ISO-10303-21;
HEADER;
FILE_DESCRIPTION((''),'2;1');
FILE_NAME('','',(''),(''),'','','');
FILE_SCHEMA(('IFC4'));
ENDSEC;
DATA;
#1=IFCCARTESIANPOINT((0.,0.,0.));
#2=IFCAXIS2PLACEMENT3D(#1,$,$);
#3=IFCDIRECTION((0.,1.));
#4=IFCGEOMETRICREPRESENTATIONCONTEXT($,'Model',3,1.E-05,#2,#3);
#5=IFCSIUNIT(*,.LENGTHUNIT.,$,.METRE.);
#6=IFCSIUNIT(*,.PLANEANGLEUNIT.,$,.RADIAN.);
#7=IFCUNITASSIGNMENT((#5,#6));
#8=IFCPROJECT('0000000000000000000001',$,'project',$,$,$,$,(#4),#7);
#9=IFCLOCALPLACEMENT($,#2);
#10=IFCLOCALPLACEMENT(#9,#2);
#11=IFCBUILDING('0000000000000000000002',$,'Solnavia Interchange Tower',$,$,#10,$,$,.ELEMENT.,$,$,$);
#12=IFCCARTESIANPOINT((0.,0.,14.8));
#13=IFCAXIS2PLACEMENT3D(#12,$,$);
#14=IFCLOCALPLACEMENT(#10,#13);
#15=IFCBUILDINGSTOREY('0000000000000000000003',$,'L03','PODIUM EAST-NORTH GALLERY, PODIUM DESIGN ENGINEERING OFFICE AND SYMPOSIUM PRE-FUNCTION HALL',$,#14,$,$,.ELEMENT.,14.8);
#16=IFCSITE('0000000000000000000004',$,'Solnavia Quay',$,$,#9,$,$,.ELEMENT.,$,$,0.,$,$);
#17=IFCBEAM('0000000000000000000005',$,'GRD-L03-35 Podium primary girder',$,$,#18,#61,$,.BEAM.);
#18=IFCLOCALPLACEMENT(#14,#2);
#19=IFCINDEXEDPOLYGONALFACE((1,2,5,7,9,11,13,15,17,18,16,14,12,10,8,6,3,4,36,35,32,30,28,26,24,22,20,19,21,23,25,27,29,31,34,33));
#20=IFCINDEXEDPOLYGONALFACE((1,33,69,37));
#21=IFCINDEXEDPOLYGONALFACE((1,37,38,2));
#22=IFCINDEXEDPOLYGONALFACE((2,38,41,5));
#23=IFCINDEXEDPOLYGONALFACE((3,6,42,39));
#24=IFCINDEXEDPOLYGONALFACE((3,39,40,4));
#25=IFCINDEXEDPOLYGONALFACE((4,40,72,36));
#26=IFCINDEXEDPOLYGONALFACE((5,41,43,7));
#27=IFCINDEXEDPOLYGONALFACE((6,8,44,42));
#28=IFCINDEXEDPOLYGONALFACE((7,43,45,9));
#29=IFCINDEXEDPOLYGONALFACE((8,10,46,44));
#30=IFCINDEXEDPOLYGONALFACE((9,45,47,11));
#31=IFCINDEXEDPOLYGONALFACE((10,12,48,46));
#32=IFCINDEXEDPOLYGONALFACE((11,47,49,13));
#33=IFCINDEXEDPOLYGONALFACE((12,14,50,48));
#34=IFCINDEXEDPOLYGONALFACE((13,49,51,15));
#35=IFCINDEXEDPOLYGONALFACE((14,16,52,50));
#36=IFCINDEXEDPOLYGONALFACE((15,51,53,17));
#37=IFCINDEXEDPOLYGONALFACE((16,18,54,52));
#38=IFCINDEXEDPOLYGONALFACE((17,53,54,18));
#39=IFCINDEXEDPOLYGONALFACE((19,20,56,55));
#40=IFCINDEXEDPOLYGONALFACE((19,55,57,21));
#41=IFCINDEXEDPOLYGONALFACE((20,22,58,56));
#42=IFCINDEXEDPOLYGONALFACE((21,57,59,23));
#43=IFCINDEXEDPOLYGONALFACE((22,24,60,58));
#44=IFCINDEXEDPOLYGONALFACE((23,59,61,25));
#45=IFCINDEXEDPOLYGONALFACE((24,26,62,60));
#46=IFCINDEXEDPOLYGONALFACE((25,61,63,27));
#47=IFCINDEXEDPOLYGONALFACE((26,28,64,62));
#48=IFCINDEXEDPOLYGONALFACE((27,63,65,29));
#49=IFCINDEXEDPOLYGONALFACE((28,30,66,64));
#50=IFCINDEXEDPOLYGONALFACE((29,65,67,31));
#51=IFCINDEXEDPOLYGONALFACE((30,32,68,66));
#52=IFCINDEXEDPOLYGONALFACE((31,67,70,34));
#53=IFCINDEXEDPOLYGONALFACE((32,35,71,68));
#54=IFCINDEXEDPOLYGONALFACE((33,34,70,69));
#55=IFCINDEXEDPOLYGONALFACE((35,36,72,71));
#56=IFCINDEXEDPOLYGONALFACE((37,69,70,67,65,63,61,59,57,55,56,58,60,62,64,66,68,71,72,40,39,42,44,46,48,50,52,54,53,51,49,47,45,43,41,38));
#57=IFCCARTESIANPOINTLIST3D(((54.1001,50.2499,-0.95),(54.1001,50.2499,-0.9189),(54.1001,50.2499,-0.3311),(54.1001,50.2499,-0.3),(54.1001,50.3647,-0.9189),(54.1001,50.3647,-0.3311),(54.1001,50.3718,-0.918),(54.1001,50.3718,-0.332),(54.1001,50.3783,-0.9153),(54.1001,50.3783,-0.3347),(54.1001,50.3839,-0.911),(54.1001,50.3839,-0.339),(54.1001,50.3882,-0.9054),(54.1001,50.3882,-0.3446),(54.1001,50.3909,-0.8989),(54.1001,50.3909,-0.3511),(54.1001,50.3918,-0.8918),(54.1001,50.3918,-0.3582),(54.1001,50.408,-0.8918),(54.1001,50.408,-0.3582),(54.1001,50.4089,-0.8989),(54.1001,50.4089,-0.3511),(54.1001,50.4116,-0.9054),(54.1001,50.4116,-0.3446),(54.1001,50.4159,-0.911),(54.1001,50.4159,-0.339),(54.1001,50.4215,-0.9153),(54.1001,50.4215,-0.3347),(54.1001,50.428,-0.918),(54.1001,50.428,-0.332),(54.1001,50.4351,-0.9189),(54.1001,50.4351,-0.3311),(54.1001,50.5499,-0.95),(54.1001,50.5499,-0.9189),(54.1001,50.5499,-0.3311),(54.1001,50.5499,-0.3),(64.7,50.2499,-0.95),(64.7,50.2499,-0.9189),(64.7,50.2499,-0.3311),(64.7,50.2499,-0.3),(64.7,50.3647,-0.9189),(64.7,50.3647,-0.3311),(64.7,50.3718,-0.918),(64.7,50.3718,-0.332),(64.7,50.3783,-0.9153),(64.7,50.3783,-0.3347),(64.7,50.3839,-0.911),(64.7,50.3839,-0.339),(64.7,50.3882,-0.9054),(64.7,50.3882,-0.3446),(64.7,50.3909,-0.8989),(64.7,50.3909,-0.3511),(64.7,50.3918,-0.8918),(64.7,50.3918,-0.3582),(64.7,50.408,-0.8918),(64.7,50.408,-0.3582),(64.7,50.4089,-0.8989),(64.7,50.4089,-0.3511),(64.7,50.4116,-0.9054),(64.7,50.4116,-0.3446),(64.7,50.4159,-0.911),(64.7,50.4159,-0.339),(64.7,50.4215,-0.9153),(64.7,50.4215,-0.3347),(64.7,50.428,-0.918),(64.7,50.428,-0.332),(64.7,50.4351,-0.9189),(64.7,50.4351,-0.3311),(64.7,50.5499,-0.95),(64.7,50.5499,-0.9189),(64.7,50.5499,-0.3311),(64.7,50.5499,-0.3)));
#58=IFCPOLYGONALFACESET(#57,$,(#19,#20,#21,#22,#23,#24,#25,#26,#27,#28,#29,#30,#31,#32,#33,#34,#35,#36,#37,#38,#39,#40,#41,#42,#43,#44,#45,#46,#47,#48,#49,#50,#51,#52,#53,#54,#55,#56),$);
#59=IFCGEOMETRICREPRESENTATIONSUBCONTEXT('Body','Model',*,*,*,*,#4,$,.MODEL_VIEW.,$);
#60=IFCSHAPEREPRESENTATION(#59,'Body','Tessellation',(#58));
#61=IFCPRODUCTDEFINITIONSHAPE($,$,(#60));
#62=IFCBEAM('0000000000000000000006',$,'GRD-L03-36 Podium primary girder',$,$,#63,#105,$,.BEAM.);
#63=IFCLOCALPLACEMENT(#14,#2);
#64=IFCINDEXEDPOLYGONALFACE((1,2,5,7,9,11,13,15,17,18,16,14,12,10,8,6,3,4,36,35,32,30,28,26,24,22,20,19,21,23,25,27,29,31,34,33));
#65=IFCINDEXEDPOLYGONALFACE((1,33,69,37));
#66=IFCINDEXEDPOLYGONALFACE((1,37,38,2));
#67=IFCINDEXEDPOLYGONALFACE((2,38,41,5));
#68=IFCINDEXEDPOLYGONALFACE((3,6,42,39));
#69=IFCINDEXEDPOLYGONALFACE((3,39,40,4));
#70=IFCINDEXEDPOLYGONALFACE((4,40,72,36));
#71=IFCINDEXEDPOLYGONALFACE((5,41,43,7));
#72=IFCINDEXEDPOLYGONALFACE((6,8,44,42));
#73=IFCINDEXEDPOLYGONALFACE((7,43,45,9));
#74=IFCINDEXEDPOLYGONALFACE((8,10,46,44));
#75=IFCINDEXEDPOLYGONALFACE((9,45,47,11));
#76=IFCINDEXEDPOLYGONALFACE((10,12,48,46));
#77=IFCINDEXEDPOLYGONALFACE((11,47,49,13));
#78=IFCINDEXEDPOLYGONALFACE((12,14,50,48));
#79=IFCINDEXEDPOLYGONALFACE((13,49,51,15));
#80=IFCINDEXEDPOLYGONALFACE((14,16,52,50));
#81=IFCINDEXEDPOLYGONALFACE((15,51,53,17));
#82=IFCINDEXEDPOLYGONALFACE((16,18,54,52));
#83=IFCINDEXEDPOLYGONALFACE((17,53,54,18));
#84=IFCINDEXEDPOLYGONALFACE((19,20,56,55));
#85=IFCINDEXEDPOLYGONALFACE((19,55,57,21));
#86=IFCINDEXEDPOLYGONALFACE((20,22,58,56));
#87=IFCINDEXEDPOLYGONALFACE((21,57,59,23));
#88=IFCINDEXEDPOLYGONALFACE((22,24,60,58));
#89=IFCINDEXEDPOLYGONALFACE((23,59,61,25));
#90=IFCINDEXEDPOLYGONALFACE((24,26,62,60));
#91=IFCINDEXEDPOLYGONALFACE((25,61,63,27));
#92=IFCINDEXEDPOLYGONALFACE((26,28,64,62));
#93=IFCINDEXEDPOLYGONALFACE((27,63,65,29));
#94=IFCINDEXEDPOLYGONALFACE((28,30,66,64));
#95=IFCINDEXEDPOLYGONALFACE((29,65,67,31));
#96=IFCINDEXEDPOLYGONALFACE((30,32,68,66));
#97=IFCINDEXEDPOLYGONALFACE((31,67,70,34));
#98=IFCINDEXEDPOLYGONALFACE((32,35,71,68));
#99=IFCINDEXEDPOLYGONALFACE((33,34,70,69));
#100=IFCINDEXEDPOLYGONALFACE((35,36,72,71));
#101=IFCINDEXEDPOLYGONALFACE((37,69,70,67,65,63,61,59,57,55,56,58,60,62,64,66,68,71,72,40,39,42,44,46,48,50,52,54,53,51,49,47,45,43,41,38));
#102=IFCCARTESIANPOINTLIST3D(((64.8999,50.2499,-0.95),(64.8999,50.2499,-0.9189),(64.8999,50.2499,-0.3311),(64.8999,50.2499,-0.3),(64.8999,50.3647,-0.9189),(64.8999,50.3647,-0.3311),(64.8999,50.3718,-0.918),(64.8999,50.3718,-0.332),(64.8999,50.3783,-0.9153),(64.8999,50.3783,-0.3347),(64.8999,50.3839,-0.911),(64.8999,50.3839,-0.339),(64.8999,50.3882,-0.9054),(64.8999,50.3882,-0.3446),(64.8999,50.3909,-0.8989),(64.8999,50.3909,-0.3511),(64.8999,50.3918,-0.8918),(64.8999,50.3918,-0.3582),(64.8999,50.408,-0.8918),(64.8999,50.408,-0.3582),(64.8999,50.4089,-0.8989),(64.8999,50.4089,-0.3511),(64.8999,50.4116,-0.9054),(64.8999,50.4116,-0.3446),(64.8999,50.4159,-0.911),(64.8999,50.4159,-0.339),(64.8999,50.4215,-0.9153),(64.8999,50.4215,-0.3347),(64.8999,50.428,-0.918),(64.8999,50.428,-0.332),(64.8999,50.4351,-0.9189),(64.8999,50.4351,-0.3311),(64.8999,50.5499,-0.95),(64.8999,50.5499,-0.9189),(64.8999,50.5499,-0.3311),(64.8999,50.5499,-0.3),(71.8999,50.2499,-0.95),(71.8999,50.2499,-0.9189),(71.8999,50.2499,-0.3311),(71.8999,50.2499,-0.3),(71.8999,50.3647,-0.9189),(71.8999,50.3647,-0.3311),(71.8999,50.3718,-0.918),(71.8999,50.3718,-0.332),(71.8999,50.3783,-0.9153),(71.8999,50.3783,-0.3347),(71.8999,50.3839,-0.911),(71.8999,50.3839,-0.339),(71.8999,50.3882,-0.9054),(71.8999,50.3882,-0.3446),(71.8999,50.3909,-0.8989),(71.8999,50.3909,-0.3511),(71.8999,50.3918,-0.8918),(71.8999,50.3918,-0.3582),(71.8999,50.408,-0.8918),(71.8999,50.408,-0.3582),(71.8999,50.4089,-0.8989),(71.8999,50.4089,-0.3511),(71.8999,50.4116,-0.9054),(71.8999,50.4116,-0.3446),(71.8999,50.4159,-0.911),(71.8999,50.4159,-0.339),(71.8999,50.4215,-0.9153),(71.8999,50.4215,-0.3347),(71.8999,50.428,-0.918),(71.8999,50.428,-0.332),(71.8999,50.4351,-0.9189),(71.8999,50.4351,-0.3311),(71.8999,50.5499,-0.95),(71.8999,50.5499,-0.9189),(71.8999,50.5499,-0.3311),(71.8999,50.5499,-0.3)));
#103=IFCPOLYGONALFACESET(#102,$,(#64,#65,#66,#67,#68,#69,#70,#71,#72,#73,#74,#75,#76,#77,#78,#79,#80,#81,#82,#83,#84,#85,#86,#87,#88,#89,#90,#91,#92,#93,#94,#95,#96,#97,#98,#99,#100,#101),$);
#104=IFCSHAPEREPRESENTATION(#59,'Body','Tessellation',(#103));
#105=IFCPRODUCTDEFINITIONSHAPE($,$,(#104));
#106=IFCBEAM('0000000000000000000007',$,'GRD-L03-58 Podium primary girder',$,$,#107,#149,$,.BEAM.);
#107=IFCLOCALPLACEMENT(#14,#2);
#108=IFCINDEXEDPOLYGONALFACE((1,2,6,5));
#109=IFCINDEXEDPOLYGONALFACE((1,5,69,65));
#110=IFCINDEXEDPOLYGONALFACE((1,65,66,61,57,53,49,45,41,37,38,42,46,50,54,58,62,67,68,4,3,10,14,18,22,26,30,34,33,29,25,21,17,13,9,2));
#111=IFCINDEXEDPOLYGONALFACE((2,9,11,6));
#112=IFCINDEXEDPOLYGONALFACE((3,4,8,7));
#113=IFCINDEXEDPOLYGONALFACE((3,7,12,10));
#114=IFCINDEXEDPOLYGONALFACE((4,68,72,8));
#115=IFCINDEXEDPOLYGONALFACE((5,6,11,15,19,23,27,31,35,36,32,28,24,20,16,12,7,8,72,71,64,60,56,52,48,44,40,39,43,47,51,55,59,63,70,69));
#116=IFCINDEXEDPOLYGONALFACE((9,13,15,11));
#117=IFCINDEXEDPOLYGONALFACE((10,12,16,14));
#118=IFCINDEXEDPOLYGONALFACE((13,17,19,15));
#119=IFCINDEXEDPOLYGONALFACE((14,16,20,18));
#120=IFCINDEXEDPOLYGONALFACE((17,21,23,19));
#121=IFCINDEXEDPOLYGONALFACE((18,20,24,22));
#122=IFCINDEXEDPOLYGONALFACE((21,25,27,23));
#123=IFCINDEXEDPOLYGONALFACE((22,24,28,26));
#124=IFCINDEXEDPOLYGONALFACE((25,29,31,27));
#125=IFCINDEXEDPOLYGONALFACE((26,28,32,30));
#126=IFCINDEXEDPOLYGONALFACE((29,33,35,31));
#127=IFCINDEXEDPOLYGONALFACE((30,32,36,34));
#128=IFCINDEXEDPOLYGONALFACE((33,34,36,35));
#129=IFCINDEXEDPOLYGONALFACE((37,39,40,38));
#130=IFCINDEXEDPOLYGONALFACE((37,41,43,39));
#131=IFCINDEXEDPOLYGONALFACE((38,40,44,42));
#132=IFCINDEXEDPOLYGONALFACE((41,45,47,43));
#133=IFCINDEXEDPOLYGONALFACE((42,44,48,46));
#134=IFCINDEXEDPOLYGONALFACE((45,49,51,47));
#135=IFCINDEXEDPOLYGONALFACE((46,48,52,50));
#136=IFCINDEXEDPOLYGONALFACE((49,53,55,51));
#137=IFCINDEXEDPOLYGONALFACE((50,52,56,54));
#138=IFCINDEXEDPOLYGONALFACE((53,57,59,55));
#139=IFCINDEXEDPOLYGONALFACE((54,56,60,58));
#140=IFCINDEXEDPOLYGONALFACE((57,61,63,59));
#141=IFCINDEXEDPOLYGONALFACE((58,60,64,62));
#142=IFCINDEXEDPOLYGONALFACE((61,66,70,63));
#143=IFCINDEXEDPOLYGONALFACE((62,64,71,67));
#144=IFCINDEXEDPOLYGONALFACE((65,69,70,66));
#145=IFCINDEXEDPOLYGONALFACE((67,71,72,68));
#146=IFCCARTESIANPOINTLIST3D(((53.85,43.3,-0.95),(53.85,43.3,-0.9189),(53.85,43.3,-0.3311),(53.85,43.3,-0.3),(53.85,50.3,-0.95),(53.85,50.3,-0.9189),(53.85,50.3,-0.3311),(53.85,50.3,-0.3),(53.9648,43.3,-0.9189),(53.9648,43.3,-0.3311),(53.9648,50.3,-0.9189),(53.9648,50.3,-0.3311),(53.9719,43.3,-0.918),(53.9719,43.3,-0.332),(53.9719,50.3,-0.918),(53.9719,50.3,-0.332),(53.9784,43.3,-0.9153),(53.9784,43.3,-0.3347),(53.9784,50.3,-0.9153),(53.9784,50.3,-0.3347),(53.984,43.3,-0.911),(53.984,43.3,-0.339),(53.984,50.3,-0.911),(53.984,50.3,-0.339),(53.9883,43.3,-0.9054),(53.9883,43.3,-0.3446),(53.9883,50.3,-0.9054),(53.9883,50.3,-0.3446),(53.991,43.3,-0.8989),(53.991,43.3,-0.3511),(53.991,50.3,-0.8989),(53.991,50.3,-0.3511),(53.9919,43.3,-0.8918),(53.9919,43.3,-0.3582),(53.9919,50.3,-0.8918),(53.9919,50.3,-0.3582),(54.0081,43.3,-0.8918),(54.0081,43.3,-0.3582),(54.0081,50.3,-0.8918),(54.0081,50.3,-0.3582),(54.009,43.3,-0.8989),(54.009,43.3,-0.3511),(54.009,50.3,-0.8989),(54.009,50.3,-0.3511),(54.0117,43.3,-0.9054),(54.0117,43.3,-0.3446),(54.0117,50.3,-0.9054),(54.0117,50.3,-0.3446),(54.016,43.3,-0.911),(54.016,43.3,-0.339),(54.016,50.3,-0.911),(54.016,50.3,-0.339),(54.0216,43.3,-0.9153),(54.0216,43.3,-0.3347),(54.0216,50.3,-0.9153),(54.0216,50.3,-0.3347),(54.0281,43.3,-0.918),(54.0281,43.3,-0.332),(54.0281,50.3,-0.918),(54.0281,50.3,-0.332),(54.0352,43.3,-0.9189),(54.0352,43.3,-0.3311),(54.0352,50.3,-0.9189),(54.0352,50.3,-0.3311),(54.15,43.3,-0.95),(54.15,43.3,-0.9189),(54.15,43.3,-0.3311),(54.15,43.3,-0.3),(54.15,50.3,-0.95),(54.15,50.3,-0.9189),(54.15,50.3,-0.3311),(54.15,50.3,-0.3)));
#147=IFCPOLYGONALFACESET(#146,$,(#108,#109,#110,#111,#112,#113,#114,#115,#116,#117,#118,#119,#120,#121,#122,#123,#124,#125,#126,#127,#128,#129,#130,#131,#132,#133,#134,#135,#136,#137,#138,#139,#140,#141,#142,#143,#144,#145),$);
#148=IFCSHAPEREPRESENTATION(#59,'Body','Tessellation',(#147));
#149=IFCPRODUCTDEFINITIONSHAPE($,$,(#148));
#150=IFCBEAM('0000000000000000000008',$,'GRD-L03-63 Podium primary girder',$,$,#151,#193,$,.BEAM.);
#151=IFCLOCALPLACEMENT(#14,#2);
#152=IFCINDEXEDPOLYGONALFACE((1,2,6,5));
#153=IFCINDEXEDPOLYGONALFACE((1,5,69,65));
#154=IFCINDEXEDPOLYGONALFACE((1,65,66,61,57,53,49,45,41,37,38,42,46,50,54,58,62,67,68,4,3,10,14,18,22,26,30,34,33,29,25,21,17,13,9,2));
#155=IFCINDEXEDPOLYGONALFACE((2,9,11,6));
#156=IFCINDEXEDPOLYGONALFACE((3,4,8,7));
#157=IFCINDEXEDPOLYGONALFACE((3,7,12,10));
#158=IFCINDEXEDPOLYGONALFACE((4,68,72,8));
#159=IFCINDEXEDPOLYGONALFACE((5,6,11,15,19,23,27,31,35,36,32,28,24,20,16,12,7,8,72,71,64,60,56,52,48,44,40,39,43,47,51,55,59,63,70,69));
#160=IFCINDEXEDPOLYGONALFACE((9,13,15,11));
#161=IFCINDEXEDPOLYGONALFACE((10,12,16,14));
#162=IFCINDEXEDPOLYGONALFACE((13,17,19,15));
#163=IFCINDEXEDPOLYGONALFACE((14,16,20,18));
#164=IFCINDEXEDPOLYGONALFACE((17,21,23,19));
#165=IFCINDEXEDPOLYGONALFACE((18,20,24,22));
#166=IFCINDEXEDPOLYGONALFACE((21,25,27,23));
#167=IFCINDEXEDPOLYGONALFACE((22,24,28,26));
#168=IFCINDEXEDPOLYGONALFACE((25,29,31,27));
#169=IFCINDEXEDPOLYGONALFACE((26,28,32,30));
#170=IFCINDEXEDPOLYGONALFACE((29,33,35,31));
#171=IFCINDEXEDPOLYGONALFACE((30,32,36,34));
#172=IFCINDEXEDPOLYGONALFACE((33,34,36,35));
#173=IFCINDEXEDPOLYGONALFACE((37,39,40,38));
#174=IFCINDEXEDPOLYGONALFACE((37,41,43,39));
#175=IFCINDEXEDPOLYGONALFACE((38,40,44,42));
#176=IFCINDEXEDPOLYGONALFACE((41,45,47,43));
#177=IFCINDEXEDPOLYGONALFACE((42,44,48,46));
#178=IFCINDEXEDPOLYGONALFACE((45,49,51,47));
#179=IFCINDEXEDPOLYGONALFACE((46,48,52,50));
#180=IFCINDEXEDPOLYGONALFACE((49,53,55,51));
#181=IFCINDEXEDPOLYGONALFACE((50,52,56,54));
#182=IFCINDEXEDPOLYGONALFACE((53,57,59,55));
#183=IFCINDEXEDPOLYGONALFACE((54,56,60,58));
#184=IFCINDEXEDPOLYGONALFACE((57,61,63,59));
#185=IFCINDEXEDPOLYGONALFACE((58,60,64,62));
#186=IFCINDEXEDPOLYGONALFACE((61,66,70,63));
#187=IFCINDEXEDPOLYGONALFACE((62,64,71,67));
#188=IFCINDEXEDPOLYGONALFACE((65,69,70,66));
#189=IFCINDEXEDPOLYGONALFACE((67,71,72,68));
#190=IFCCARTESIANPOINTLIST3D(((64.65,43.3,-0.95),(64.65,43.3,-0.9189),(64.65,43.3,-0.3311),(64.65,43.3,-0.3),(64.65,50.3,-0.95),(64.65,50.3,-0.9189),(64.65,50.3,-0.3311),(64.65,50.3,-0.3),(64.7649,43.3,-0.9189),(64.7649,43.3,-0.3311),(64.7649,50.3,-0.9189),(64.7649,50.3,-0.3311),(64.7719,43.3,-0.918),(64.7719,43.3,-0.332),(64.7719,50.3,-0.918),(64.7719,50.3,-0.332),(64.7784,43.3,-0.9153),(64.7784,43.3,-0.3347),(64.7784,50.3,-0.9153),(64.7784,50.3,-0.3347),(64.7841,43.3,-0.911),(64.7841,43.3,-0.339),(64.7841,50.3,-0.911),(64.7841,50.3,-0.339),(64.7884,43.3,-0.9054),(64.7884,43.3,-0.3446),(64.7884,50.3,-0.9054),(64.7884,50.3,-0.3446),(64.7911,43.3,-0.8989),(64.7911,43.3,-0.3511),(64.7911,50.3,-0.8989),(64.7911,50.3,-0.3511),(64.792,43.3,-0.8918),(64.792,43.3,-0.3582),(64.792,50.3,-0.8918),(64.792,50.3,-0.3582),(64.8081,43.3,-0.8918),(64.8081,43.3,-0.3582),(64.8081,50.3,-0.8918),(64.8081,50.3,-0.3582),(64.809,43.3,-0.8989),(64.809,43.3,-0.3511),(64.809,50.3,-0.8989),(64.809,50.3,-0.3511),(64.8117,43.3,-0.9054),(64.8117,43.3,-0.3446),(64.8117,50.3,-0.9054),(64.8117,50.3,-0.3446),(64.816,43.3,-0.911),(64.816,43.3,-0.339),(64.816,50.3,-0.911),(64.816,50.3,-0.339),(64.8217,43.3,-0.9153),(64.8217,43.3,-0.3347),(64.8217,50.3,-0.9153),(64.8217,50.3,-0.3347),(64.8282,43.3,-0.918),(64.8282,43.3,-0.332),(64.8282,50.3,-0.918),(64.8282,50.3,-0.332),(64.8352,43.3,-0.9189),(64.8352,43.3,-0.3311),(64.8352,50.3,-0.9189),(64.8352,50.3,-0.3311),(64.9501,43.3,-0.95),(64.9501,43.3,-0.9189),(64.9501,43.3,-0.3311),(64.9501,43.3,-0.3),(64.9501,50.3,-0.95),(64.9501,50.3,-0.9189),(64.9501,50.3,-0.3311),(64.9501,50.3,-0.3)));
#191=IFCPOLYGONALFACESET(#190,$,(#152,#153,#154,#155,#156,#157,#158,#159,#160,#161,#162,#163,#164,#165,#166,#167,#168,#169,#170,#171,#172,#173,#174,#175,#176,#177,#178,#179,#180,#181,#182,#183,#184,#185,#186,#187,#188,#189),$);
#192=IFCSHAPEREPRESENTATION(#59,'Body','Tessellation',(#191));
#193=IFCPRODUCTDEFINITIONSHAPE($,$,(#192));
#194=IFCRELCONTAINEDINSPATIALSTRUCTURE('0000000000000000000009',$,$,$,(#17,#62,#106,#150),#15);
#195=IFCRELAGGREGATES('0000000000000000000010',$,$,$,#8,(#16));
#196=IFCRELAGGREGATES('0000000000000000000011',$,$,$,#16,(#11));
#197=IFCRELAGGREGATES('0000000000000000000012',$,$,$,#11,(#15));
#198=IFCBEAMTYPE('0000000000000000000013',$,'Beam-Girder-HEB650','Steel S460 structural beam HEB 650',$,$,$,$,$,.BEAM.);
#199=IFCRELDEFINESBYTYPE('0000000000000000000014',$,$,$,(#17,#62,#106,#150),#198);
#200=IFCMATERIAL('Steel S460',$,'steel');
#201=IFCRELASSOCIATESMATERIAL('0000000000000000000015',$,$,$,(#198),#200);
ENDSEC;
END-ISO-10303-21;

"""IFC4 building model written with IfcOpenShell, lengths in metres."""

from ifc_helpers import new_model, si_unit, direction, frame, origin, origin_2d, place, context, subcontext, project, spatial, i_section, extrude, material, material_profile, profile_set, type_object, element, save


model = new_model("IFC4")

# Units and contexts
model_context = context("Model", 3, precision=1e-05, world=origin(), true_north=direction((0.0, 1.0)))
body_context = subcontext(model_context, "Body", "Model", "MODEL_VIEW")
ifc_project = project(units=[si_unit("LENGTHUNIT", "METRE"), si_unit("PLANEANGLEUNIT", "RADIAN")], contexts=[model_context])

# Site, building, storey
site_placement = place(None, origin())
site = spatial("IfcSite", under=ifc_project, at=site_placement, Name="Solnavia Quay", CompositionType="ELEMENT", RefElevation=0.0)
building_placement = place(site_placement, origin())
building = spatial("IfcBuilding", under=site, at=building_placement, Name="Solnavia Interchange Tower", CompositionType="ELEMENT")
storey_placement = place(building_placement, frame((0.0, 0.0, 14.8)))
storey = spatial("IfcBuildingStorey", under=building, at=storey_placement, Name="L03", Description="PODIUM EAST-NORTH GALLERY, PODIUM DESIGN ENGINEERING OFFICE AND SYMPOSIUM PRE-FUNCTION HALL", CompositionType="ELEMENT", Elevation=14.8)

# Beams
ifc_material_1 = material(Name="Steel S460", Category="steel")
ifc_material_profile_1 = material_profile(ifc_material_1, i_section(OverallWidth=0.3, OverallDepth=0.6499, WebThickness=0.0161, FlangeThickness=0.031, FilletRadius=0.0271, at=origin_2d()), Name="HEB 650")
ifc_profile_set_1 = profile_set([ifc_material_profile_1], Name="Steel S460")
beam_type_1 = type_object("IfcBeamType", Name="Beam-Girder-HEB650", Description="Steel S460 structural beam HEB 650", PredefinedType="BEAM", material=ifc_profile_set_1)
beam_1_placement = place(storey_placement, frame((54.1001, 50.3999, -0.625), z_axis=(1.0, 0.0, 0.0), x_axis=(0.0, 1.0, 0.0)))
element("IfcBeam", 1, at=beam_1_placement, inside=storey, type_object=beam_type_1, Name="GRD-L03-35 Podium primary girder", PredefinedType="BEAM", context=body_context, shape_type="SweptSolid", body=[
    extrude(i_section(OverallWidth=0.3, OverallDepth=0.6499, WebThickness=0.0161, FlangeThickness=0.031, FilletRadius=0.0271, at=origin_2d()), origin(), (0.0, 0.0, 1.0), 10.5999),
])
for number, where, z_axis, x_axis, name in (
    (2, (64.8999, 50.3999, -0.625), (1.0, 0.0, 0.0), (0.0, 1.0, 0.0), "GRD-L03-36 Podium primary girder"),
    (3, (54.0, 43.3, -0.625), (0.0, 1.0, 0.0), (-1.0, 0.0, 0.0), "GRD-L03-58 Podium primary girder"),
    (4, (64.8, 43.3, -0.625), (0.0, 1.0, 0.0), (-1.0, 0.0, 0.0), "GRD-L03-63 Podium primary girder"),
):
    element("IfcBeam", number, at=place(storey_placement, frame(where, z_axis=z_axis, x_axis=x_axis)), inside=storey, type_object=beam_type_1, Name=name, PredefinedType="BEAM", context=body_context, shape_type="SweptSolid", body=[
        extrude(i_section(OverallWidth=0.3, OverallDepth=0.6499, WebThickness=0.0161, FlangeThickness=0.031, FilletRadius=0.0271, at=origin_2d()), origin(), (0.0, 0.0, 1.0), 7.0),
    ])

save(model, "model.ifc")
